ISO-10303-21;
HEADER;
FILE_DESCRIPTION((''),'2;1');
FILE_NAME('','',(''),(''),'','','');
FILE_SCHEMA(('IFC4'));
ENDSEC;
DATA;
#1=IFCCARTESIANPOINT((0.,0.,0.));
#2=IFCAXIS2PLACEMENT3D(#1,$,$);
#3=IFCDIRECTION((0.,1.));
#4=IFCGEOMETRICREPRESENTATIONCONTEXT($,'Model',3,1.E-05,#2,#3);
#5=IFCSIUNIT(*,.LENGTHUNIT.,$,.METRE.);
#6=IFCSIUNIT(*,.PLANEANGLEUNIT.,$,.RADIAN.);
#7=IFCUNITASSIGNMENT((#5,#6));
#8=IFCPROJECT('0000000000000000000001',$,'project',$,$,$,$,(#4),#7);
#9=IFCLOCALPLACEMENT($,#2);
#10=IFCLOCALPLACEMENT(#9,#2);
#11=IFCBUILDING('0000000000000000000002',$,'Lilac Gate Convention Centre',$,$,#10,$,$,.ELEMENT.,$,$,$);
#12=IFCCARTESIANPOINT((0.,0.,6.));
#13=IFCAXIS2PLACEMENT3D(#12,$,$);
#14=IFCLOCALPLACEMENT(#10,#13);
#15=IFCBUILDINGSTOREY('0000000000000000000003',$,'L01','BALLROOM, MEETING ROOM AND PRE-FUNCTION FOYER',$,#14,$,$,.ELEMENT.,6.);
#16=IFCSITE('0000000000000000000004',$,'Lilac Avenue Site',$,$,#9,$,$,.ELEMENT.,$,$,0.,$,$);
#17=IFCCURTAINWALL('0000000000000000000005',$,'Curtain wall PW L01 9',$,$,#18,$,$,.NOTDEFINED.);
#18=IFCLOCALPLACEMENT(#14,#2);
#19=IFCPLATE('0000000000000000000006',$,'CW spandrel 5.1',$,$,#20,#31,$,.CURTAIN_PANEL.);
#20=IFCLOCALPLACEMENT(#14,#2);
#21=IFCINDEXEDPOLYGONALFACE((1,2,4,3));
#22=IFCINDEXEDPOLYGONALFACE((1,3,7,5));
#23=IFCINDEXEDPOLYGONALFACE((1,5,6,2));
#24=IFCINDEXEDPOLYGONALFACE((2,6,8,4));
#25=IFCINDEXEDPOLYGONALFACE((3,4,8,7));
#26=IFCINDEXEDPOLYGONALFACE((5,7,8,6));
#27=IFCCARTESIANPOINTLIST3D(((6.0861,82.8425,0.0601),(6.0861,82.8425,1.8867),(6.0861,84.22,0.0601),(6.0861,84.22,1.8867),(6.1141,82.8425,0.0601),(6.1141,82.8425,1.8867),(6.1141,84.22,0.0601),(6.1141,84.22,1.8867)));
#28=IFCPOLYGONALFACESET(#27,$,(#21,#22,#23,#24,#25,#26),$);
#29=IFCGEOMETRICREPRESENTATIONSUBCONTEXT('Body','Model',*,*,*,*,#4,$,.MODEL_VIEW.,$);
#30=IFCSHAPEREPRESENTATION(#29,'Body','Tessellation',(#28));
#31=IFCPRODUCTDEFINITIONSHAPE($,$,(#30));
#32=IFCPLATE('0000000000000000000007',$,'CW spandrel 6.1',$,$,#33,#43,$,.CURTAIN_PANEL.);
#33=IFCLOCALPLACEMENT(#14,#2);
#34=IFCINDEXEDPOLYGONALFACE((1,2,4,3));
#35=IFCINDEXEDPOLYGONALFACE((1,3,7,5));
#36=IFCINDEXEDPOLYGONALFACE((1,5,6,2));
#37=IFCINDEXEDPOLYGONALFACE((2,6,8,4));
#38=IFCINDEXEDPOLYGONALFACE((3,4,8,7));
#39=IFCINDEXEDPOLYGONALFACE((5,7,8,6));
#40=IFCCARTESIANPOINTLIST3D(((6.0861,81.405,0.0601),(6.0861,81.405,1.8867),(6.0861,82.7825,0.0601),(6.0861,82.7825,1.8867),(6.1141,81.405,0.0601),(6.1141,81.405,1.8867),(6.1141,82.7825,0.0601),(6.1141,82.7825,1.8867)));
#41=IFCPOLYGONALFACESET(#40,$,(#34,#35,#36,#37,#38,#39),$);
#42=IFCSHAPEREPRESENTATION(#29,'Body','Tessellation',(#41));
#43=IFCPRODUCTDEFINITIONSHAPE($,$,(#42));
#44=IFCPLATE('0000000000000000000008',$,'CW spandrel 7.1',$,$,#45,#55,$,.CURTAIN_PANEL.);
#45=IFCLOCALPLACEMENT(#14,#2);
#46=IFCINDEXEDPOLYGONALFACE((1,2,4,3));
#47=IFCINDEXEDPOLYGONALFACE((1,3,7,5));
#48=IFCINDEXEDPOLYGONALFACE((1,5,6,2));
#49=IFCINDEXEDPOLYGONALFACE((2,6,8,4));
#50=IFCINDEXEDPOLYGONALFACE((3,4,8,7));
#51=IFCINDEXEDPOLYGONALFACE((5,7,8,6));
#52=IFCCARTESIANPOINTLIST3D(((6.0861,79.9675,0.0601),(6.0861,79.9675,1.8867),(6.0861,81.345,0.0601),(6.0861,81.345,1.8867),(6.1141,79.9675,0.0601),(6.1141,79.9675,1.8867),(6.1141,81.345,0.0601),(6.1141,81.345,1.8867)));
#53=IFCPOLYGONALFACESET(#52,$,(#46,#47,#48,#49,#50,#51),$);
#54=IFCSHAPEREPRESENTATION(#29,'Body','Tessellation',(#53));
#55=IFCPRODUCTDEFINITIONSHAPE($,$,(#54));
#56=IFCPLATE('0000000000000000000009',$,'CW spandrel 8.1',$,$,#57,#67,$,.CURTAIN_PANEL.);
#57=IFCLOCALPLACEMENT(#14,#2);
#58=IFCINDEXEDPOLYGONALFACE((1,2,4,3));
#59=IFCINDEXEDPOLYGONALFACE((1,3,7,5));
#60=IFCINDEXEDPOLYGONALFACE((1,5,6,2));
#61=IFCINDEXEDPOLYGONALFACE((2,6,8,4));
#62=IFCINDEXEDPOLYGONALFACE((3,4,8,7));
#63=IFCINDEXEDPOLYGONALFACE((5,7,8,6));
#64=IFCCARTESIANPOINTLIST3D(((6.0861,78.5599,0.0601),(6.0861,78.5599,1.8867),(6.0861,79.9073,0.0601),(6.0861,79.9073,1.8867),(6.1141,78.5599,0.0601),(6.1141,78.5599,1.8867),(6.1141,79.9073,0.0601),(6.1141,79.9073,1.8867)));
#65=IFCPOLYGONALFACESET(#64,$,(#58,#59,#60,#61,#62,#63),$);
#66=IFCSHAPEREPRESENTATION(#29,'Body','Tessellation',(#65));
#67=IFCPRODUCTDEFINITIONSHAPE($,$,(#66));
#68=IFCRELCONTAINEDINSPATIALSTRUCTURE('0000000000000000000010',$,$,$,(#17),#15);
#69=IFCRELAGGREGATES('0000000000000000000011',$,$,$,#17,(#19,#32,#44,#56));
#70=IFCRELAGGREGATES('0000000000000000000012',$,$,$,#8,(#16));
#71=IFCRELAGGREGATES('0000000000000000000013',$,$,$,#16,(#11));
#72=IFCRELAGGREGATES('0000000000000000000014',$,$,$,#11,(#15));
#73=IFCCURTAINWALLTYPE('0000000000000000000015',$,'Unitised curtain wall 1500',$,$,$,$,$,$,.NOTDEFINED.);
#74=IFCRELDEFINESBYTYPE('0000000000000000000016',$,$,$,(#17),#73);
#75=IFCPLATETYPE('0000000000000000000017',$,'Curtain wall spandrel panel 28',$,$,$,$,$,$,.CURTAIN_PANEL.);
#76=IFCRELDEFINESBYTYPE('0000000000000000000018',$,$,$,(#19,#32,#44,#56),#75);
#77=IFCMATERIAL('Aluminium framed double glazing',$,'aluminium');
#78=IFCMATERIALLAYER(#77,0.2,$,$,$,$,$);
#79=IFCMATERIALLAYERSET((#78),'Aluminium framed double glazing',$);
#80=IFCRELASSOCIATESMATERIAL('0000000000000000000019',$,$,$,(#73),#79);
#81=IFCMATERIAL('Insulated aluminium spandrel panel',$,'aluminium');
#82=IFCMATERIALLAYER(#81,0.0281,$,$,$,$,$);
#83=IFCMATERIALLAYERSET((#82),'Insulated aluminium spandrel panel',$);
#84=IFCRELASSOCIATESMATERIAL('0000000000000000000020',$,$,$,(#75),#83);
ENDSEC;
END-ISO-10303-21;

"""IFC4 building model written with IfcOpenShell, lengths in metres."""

from ifc_helpers import new_model, si_unit, direction, frame, origin, origin_2d, place, context, subcontext, project, spatial, rectangle, extrude, material, layer, layer_set, type_object, element, aggregate, save


model = new_model("IFC4")

# Units and contexts
model_context = context("Model", 3, precision=1e-05, world=origin(), true_north=direction((0.0, 1.0)))
body_context = subcontext(model_context, "Body", "Model", "MODEL_VIEW")
ifc_project = project(units=[si_unit("LENGTHUNIT", "METRE"), si_unit("PLANEANGLEUNIT", "RADIAN")], contexts=[model_context])

# Site, building, storey
site_placement = place(None, origin())
site = spatial("IfcSite", under=ifc_project, at=site_placement, Name="Lilac Avenue Site", CompositionType="ELEMENT", RefElevation=0.0)
building_placement = place(site_placement, origin())
building = spatial("IfcBuilding", under=site, at=building_placement, Name="Lilac Gate Convention Centre", CompositionType="ELEMENT")
storey_placement = place(building_placement, frame((0.0, 0.0, 6.0)))
storey = spatial("IfcBuildingStorey", under=building, at=storey_placement, Name="L01", Description="BALLROOM, MEETING ROOM AND PRE-FUNCTION FOYER", CompositionType="ELEMENT", Elevation=6.0)

# Curtain wall
ifc_material_1 = material(Name="Aluminium framed double glazing", Category="aluminium")
ifc_layer_1 = layer(ifc_material_1, 0.2)
ifc_layer_set_1 = layer_set([ifc_layer_1], Name="Aluminium framed double glazing")
curtain_wall_type = type_object("IfcCurtainWallType", Name="Unitised curtain wall 1500", PredefinedType="NOTDEFINED", material=ifc_layer_set_1)
curtain_wall_1_placement = place(storey_placement, origin())
curtain_wall_1 = element("IfcCurtainWall", 1, at=curtain_wall_1_placement, inside=storey, type_object=curtain_wall_type, Name="Curtain wall PW L01 9", PredefinedType="NOTDEFINED")

# Plates
ifc_material_2 = material(Name="Insulated aluminium spandrel panel", Category="aluminium")
ifc_layer_2 = layer(ifc_material_2, 0.0281)
ifc_layer_set_2 = layer_set([ifc_layer_2], Name="Insulated aluminium spandrel panel")
plate_type_1 = type_object("IfcPlateType", Name="Curtain wall spandrel panel 28", PredefinedType="CURTAIN_PANEL", material=ifc_layer_set_2)
plate_1_placement = place(storey_placement, frame((6.1001, 83.5312, 0.0601), z_axis=(0.0, 0.0, 1.0), x_axis=(0.0, -1.0, 0.0)))
plate_1 = element("IfcPlate", 2, at=plate_1_placement, type_object=plate_type_1, Name="CW spandrel 5.1", PredefinedType="CURTAIN_PANEL", context=body_context, shape_type="SweptSolid", body=[
    extrude(rectangle(XDim=1.3774, YDim=0.0281, at=origin_2d()), origin(), (0.0, 0.0, 1.0), 1.8267),
])
plate_2_placement = place(storey_placement, frame((6.1001, 82.0938, 0.0601), z_axis=(0.0, 0.0, 1.0), x_axis=(0.0, -1.0, 0.0)))
plate_2 = element("IfcPlate", 3, at=plate_2_placement, type_object=plate_type_1, Name="CW spandrel 6.1", PredefinedType="CURTAIN_PANEL", context=body_context, shape_type="SweptSolid", body=[
    extrude(rectangle(XDim=1.3774, YDim=0.0281, at=origin_2d()), origin(), (0.0, 0.0, 1.0), 1.8267),
])
plate_3_placement = place(storey_placement, frame((6.1001, 80.6562, 0.0601), z_axis=(0.0, 0.0, 1.0), x_axis=(0.0, -1.0, 0.0)))
plate_3 = element("IfcPlate", 4, at=plate_3_placement, type_object=plate_type_1, Name="CW spandrel 7.1", PredefinedType="CURTAIN_PANEL", context=body_context, shape_type="SweptSolid", body=[
    extrude(rectangle(XDim=1.3774, YDim=0.0281, at=origin_2d()), origin(), (0.0, 0.0, 1.0), 1.8267),
])
plate_4_placement = place(storey_placement, frame((6.1001, 79.2336, 0.0601), z_axis=(0.0, 0.0, 1.0), x_axis=(0.0, -1.0, 0.0)))
plate_4 = element("IfcPlate", 5, at=plate_4_placement, type_object=plate_type_1, Name="CW spandrel 8.1", PredefinedType="CURTAIN_PANEL", context=body_context, shape_type="SweptSolid", body=[
    extrude(rectangle(XDim=1.3474, YDim=0.0281, at=origin_2d()), origin(), (0.0, 0.0, 1.0), 1.8267),
])
aggregate(curtain_wall_1, [plate_1, plate_2, plate_3, plate_4])

save(model, "model.ifc")
